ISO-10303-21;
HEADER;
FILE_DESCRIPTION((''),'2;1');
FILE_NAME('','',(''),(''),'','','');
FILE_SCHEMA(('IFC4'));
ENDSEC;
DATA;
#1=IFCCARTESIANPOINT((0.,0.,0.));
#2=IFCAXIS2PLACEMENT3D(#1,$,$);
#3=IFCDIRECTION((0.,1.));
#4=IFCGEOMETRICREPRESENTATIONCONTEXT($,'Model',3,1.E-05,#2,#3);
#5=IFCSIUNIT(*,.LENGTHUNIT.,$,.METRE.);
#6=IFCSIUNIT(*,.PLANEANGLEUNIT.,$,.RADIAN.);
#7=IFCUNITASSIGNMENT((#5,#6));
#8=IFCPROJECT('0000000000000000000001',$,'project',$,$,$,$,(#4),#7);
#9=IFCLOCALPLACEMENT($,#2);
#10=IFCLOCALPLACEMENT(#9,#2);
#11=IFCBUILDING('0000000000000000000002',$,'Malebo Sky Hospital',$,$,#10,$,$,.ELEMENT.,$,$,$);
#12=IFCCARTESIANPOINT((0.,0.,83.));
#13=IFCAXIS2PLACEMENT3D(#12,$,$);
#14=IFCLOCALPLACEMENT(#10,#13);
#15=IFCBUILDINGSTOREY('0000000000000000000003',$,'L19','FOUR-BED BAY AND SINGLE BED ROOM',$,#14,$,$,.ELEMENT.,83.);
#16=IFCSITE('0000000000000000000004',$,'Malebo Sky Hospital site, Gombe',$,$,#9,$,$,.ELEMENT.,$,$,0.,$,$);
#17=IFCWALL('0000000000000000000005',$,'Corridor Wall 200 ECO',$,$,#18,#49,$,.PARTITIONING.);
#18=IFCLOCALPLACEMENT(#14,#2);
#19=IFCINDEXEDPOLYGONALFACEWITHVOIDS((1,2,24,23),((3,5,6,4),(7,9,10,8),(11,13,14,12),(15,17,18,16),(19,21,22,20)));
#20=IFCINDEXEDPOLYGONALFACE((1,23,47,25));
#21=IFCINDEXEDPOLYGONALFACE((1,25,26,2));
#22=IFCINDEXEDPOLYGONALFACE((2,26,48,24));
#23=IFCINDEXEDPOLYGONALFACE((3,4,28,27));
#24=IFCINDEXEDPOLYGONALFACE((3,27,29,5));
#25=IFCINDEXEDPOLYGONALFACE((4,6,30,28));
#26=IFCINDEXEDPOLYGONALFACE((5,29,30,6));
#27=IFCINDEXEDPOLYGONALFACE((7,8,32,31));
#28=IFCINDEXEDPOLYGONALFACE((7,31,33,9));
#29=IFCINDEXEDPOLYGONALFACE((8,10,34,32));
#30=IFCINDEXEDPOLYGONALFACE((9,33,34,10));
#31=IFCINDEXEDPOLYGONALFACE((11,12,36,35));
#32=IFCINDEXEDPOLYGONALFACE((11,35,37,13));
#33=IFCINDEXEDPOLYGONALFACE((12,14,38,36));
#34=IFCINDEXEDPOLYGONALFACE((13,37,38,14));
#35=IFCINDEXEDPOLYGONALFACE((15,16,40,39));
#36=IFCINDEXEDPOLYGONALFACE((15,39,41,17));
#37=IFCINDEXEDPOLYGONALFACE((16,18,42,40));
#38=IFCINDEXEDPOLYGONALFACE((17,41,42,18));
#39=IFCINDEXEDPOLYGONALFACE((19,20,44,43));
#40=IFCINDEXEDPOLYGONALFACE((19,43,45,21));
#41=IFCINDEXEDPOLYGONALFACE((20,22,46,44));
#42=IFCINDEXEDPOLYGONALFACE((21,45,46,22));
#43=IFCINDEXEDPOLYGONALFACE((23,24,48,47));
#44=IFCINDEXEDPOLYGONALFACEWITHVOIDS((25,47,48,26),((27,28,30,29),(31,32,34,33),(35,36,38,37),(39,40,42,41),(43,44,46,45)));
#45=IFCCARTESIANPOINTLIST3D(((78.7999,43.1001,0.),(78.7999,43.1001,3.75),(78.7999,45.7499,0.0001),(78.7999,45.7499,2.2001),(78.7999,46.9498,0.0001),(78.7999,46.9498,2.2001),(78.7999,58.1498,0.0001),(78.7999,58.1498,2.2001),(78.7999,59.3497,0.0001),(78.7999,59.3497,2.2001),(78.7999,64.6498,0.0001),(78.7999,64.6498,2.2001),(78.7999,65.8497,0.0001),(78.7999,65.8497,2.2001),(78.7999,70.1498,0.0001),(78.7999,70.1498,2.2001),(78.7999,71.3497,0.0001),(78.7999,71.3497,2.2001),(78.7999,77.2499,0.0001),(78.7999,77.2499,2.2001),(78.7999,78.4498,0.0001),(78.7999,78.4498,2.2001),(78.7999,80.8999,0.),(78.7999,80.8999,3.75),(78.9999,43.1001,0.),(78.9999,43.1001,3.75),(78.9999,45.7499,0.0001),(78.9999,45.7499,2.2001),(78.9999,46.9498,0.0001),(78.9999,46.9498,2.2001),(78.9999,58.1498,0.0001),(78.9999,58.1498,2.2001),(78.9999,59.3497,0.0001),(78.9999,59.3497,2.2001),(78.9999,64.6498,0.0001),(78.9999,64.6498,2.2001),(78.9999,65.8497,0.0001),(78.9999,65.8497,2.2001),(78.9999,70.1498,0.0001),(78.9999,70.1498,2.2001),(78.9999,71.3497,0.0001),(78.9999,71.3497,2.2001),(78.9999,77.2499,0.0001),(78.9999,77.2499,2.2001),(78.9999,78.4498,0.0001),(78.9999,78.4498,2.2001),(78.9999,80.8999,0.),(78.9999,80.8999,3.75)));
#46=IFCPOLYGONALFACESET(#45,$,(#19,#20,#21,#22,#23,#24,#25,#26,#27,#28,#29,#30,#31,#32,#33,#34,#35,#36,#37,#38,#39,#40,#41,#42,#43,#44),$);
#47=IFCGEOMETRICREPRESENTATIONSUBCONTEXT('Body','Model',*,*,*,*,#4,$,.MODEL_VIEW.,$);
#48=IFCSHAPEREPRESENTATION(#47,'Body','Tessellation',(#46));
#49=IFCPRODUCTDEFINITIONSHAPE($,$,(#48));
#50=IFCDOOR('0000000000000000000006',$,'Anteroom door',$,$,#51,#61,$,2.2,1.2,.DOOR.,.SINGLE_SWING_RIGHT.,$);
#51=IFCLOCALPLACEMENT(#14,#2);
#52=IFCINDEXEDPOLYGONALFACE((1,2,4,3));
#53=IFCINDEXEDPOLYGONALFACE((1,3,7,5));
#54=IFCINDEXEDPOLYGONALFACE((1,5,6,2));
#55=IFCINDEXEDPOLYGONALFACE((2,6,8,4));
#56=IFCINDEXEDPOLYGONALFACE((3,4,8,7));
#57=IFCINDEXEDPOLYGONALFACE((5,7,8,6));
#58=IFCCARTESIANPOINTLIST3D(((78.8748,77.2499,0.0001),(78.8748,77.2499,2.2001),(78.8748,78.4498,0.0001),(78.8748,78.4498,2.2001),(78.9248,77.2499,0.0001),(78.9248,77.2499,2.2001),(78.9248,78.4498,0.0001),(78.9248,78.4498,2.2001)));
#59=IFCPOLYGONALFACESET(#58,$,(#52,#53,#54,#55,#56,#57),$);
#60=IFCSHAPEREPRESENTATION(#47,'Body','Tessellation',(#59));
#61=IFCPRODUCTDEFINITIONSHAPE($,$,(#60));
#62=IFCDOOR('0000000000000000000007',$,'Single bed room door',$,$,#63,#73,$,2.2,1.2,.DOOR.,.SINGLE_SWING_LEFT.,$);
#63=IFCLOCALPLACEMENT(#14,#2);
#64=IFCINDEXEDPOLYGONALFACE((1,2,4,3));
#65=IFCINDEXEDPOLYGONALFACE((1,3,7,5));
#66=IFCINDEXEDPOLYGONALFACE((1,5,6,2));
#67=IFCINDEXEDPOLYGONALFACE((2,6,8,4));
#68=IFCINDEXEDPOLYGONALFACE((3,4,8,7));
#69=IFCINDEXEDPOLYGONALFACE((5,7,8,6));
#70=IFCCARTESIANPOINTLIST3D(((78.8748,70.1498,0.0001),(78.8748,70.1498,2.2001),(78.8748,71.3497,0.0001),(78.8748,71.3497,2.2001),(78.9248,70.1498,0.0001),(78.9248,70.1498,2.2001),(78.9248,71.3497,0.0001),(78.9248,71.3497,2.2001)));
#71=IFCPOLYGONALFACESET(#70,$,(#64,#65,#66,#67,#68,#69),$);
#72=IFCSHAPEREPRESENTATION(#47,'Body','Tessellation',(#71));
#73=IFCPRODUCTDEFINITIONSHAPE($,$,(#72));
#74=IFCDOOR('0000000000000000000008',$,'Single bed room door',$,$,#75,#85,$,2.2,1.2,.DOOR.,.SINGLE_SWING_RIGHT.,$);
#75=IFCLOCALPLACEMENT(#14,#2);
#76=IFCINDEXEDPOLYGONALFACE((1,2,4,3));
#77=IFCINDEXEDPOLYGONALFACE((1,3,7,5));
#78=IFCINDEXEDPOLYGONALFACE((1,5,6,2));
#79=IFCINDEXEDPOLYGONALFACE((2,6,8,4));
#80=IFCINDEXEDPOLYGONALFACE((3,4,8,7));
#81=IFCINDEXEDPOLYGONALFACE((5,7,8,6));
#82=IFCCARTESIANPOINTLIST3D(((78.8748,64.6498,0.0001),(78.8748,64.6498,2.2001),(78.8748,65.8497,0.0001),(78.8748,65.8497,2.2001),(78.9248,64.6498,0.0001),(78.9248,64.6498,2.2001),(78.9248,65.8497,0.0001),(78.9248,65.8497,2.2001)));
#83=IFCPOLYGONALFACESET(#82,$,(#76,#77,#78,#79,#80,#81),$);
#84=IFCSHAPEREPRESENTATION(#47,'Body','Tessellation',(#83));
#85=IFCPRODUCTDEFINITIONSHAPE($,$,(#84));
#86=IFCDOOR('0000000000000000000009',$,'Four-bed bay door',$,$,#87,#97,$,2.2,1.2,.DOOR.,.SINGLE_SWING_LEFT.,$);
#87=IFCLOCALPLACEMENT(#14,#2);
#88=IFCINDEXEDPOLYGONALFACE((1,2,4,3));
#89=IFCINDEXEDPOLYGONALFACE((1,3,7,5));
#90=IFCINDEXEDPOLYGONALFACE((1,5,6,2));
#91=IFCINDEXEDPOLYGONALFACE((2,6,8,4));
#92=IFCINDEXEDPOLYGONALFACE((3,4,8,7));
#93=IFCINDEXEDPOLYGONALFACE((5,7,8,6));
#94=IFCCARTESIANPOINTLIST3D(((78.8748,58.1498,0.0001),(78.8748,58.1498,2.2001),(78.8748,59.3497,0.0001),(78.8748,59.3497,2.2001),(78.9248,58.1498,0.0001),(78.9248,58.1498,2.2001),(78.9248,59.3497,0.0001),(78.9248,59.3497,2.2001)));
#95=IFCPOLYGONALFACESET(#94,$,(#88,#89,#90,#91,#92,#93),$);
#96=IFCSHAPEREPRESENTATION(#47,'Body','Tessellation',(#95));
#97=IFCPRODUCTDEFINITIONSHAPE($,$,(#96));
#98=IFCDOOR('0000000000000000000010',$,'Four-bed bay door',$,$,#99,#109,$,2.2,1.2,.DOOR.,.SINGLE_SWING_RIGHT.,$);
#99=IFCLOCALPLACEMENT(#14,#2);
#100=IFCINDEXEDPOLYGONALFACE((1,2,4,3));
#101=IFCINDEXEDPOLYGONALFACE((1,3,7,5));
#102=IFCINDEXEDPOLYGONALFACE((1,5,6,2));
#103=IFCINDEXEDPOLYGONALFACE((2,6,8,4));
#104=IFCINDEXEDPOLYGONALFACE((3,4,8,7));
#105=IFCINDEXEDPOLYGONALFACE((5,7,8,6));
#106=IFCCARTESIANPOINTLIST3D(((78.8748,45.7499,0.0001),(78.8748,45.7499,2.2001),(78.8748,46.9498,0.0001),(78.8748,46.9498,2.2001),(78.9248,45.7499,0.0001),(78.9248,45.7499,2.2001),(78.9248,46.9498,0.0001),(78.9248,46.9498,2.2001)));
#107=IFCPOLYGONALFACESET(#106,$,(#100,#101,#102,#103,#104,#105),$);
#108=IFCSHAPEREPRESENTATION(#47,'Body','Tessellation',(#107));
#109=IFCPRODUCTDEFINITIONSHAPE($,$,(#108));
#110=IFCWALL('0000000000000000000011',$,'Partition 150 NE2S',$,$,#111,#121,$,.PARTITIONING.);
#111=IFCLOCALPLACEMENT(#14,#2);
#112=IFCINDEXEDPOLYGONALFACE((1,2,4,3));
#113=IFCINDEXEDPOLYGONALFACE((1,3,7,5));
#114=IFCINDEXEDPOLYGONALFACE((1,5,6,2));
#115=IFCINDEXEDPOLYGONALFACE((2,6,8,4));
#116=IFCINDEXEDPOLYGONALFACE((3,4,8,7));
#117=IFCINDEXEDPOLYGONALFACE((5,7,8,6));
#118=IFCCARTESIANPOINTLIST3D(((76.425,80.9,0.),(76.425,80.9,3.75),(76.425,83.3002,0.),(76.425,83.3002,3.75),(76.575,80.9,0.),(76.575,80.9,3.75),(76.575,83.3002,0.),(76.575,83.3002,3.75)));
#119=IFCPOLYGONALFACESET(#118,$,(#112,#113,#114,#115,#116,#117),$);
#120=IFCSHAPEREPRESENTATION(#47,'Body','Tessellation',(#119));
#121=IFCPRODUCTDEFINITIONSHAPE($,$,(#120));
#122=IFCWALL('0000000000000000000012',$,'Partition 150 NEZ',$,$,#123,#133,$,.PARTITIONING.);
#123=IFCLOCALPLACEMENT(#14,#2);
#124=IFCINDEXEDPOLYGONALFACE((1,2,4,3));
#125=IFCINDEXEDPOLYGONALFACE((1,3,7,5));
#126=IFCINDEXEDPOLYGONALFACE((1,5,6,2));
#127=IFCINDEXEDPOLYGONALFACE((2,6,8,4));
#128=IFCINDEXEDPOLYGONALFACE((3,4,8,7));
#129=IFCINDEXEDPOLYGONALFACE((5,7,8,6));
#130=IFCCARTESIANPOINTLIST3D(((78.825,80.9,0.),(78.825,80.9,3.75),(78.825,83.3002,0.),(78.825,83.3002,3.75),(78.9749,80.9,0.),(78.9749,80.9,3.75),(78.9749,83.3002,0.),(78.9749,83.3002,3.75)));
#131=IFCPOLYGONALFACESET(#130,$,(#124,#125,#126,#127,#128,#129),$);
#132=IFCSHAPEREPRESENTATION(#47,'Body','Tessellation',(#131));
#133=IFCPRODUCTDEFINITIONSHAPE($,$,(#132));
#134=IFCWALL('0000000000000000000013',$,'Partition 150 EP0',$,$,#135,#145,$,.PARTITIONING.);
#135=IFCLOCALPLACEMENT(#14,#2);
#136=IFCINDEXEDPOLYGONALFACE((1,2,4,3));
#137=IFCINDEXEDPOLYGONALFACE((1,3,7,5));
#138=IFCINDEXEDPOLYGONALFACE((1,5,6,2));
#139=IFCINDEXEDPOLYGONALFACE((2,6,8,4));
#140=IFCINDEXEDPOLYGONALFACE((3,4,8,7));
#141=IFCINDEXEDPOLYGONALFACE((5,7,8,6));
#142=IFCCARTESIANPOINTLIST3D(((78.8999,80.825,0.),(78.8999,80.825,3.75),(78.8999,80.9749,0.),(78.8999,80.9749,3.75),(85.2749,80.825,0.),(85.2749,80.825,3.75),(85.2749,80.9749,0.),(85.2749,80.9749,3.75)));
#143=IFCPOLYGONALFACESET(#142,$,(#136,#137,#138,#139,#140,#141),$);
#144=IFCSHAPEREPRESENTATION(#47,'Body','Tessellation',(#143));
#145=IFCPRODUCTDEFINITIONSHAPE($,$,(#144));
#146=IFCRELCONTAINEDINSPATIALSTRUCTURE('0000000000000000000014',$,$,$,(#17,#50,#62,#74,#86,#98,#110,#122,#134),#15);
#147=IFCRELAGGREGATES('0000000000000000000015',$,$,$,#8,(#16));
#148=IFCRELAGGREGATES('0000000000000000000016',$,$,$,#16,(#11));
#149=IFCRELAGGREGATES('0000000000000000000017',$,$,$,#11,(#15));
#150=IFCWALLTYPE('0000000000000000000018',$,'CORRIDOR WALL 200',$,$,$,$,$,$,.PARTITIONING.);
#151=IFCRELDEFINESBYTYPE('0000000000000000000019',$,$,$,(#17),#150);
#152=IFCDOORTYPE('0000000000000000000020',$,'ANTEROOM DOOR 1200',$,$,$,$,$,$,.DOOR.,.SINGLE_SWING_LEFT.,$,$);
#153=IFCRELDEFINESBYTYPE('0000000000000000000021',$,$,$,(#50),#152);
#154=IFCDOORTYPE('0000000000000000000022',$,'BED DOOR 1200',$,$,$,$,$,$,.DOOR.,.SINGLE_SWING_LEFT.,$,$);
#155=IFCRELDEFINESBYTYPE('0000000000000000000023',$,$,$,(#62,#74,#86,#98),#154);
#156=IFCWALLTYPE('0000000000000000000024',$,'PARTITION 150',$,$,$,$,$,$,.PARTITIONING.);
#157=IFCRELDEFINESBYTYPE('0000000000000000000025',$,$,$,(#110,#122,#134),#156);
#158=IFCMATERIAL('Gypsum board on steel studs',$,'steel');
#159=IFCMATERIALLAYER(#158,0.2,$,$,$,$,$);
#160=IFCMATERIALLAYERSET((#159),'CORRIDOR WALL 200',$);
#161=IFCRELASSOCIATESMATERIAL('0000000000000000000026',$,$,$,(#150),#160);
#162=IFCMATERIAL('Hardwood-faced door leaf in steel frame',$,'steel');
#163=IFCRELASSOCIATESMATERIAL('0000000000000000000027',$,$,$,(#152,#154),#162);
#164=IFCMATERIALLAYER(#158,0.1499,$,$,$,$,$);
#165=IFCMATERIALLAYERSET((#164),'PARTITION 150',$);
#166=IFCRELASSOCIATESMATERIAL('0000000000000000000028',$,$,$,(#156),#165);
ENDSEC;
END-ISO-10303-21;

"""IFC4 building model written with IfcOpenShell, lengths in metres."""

from ifc_helpers import new_model, si_unit, direction, frame, frame_2d, origin, place, context, subcontext, project, spatial, rectangle, extrude, material, layer, layer_set, type_object, element, fill, save


model = new_model("IFC4")

# Units and contexts
model_context = context("Model", 3, precision=1e-05, world=origin(), true_north=direction((0.0, 1.0)))
body_context = subcontext(model_context, "Body", "Model", "MODEL_VIEW")
ifc_project = project(units=[si_unit("LENGTHUNIT", "METRE"), si_unit("PLANEANGLEUNIT", "RADIAN")], contexts=[model_context])

# Site, building, storey
site_placement = place(None, origin())
site = spatial("IfcSite", under=ifc_project, at=site_placement, Name="Malebo Sky Hospital site, Gombe", CompositionType="ELEMENT", RefElevation=0.0)
building_placement = place(site_placement, origin())
building = spatial("IfcBuilding", under=site, at=building_placement, Name="Malebo Sky Hospital", CompositionType="ELEMENT")
storey_placement = place(building_placement, frame((0.0, 0.0, 83.0)))
storey = spatial("IfcBuildingStorey", under=building, at=storey_placement, Name="L19", Description="FOUR-BED BAY AND SINGLE BED ROOM", CompositionType="ELEMENT", Elevation=83.0)

# Wall, openings, doors
ifc_material_1 = material(Name="Gypsum board on steel studs", Category="steel")
ifc_layer_1 = layer(ifc_material_1, 0.2)
ifc_layer_set_1 = layer_set([ifc_layer_1], Name="CORRIDOR WALL 200")
wall_type_1 = type_object("IfcWallType", Name="CORRIDOR WALL 200", PredefinedType="PARTITIONING", material=ifc_layer_set_1)
wall_1_placement = place(storey_placement, frame((78.8999, 80.8999, 0.0), z_axis=(0.0, 0.0, 1.0), x_axis=(0.0, -1.0, 0.0)))
wall_1 = element("IfcWall", 1, at=wall_1_placement, inside=storey, type_object=wall_type_1, Name="Corridor Wall 200 ECO", PredefinedType="PARTITIONING", context=body_context, shape_type="SweptSolid", body=[
    extrude(rectangle(XDim=37.7998, YDim=0.2, at=frame_2d((18.8999, 0.0))), origin(), (0.0, 0.0, 1.0), 3.75),
])
opening_1_placement = place(wall_1_placement, frame((2.45, 0.0, 0.0)))
opening_1 = element("IfcOpeningElement", 2, at=opening_1_placement, cuts=wall_1, PredefinedType="OPENING", context=body_context, shape_type="SweptSolid", body=[
    extrude(rectangle(XDim=1.2, YDim=2.2, at=frame_2d((0.6001, 1.1001))), frame((0.0, 0.1099, 0.0), z_axis=(0.0, -1.0, 0.0), x_axis=(1.0, 0.0, 0.0)), (0.0, 0.0, 1.0), 0.22),
])
opening_2_placement = place(wall_1_placement, frame((9.55, 0.0, 0.0)))
opening_2 = element("IfcOpeningElement", 3, at=opening_2_placement, cuts=wall_1, PredefinedType="OPENING", context=body_context, shape_type="SweptSolid", body=[
    extrude(rectangle(XDim=1.2, YDim=2.2, at=frame_2d((0.6001, 1.1001))), frame((0.0, 0.1099, 0.0), z_axis=(0.0, -1.0, 0.0), x_axis=(1.0, 0.0, 0.0)), (0.0, 0.0, 1.0), 0.22),
])
opening_3_placement = place(wall_1_placement, frame((15.05, 0.0, 0.0)))
opening_3 = element("IfcOpeningElement", 4, at=opening_3_placement, cuts=wall_1, PredefinedType="OPENING", context=body_context, shape_type="SweptSolid", body=[
    extrude(rectangle(XDim=1.2, YDim=2.2, at=frame_2d((0.6001, 1.1001))), frame((0.0, 0.1099, 0.0), z_axis=(0.0, -1.0, 0.0), x_axis=(1.0, 0.0, 0.0)), (0.0, 0.0, 1.0), 0.22),
])
opening_4_placement = place(wall_1_placement, frame((21.55, 0.0, 0.0)))
opening_4 = element("IfcOpeningElement", 5, at=opening_4_placement, cuts=wall_1, PredefinedType="OPENING", context=body_context, shape_type="SweptSolid", body=[
    extrude(rectangle(XDim=1.2, YDim=2.2, at=frame_2d((0.6001, 1.1001))), frame((0.0, 0.1099, 0.0), z_axis=(0.0, -1.0, 0.0), x_axis=(1.0, 0.0, 0.0)), (0.0, 0.0, 1.0), 0.22),
])
opening_5_placement = place(wall_1_placement, frame((33.95, 0.0, 0.0)))
opening_5 = element("IfcOpeningElement", 6, at=opening_5_placement, cuts=wall_1, PredefinedType="OPENING", context=body_context, shape_type="SweptSolid", body=[
    extrude(rectangle(XDim=1.2, YDim=2.2, at=frame_2d((0.6001, 1.1001))), frame((0.0, 0.1099, 0.0), z_axis=(0.0, -1.0, 0.0), x_axis=(1.0, 0.0, 0.0)), (0.0, 0.0, 1.0), 0.22),
])
ifc_material_2 = material(Name="Hardwood-faced door leaf in steel frame", Category="steel")
door_type_1 = type_object("IfcDoorType", Name="ANTEROOM DOOR 1200", OperationType="SINGLE_SWING_LEFT", PredefinedType="DOOR", material=ifc_material_2)
door_1_placement = place(opening_1_placement, origin())
door_1 = element("IfcDoor", 7, at=door_1_placement, inside=storey, type_object=door_type_1, Name="Anteroom door", OperationType="SINGLE_SWING_RIGHT", OverallHeight=2.2, OverallWidth=1.2, PredefinedType="DOOR", context=body_context, shape_type="SweptSolid", body=[
    extrude(rectangle(XDim=1.2, YDim=2.2, at=frame_2d((0.6001, 1.1001))), frame((0.0, 0.0249, 0.0), z_axis=(0.0, -1.0, 0.0), x_axis=(1.0, 0.0, 0.0)), (0.0, 0.0, 1.0), 0.05),
])
fill(opening_1, door_1)
door_type_2 = type_object("IfcDoorType", Name="BED DOOR 1200", OperationType="SINGLE_SWING_LEFT", PredefinedType="DOOR", material=ifc_material_2)
door_2_placement = place(opening_2_placement, origin())
door_2 = element("IfcDoor", 8, at=door_2_placement, inside=storey, type_object=door_type_2, Name="Single bed room door", OperationType="SINGLE_SWING_LEFT", OverallHeight=2.2, OverallWidth=1.2, PredefinedType="DOOR", context=body_context, shape_type="SweptSolid", body=[
    extrude(rectangle(XDim=1.2, YDim=2.2, at=frame_2d((0.6001, 1.1001))), frame((0.0, 0.0249, 0.0), z_axis=(0.0, -1.0, 0.0), x_axis=(1.0, 0.0, 0.0)), (0.0, 0.0, 1.0), 0.05),
])
fill(opening_2, door_2)
door_3_placement = place(opening_3_placement, origin())
door_3 = element("IfcDoor", 9, at=door_3_placement, inside=storey, type_object=door_type_2, Name="Single bed room door", OperationType="SINGLE_SWING_RIGHT", OverallHeight=2.2, OverallWidth=1.2, PredefinedType="DOOR", context=body_context, shape_type="SweptSolid", body=[
    extrude(rectangle(XDim=1.2, YDim=2.2, at=frame_2d((0.6001, 1.1001))), frame((0.0, 0.0249, 0.0), z_axis=(0.0, -1.0, 0.0), x_axis=(1.0, 0.0, 0.0)), (0.0, 0.0, 1.0), 0.05),
])
fill(opening_3, door_3)
door_4_placement = place(opening_4_placement, origin())
door_4 = element("IfcDoor", 10, at=door_4_placement, inside=storey, type_object=door_type_2, Name="Four-bed bay door", OperationType="SINGLE_SWING_LEFT", OverallHeight=2.2, OverallWidth=1.2, PredefinedType="DOOR", context=body_context, shape_type="SweptSolid", body=[
    extrude(rectangle(XDim=1.2, YDim=2.2, at=frame_2d((0.6001, 1.1001))), frame((0.0, 0.0249, 0.0), z_axis=(0.0, -1.0, 0.0), x_axis=(1.0, 0.0, 0.0)), (0.0, 0.0, 1.0), 0.05),
])
fill(opening_4, door_4)
door_5_placement = place(opening_5_placement, origin())
door_5 = element("IfcDoor", 11, at=door_5_placement, inside=storey, type_object=door_type_2, Name="Four-bed bay door", OperationType="SINGLE_SWING_RIGHT", OverallHeight=2.2, OverallWidth=1.2, PredefinedType="DOOR", context=body_context, shape_type="SweptSolid", body=[
    extrude(rectangle(XDim=1.2, YDim=2.2, at=frame_2d((0.6001, 1.1001))), frame((0.0, 0.0249, 0.0), z_axis=(0.0, -1.0, 0.0), x_axis=(1.0, 0.0, 0.0)), (0.0, 0.0, 1.0), 0.05),
])
fill(opening_5, door_5)

# Walls
ifc_layer_2 = layer(ifc_material_1, 0.1499)
ifc_layer_set_2 = layer_set([ifc_layer_2], Name="PARTITION 150")
wall_type_2 = type_object("IfcWallType", Name="PARTITION 150", PredefinedType="PARTITIONING", material=ifc_layer_set_2)
for number, where, z_axis, x_axis, name in (
    (12, (76.5, 80.8999, 0.0), (0.0, 0.0, 1.0), (0.0, 1.0, 0.0), "Partition 150 NE2S"),
    (13, (78.8999, 80.8999, 0.0), (0.0, 0.0, 1.0), (0.0, 1.0, 0.0), "Partition 150 NEZ"),
):
    element("IfcWall", number, at=place(storey_placement, frame(where, z_axis=z_axis, x_axis=x_axis)), inside=storey, type_object=wall_type_2, Name=name, PredefinedType="PARTITIONING", context=body_context, shape_type="SweptSolid", body=[
        extrude(rectangle(XDim=2.4001, YDim=0.1499, at=frame_2d((1.2002, 0.0))), origin(), (0.0, 0.0, 1.0), 3.75),
    ])
wall_2_placement = place(storey_placement, frame((78.8999, 80.8999, 0.0), z_axis=(0.0, 0.0, 1.0), x_axis=(1.0, 0.0, 0.0)))
element("IfcWall", 14, at=wall_2_placement, inside=storey, type_object=wall_type_2, Name="Partition 150 EP0", PredefinedType="PARTITIONING", context=body_context, shape_type="SweptSolid", body=[
    extrude(rectangle(XDim=6.375, YDim=0.1499, at=frame_2d((3.1875, 0.0))), origin(), (0.0, 0.0, 1.0), 3.75),
])

save(model, "model.ifc")
